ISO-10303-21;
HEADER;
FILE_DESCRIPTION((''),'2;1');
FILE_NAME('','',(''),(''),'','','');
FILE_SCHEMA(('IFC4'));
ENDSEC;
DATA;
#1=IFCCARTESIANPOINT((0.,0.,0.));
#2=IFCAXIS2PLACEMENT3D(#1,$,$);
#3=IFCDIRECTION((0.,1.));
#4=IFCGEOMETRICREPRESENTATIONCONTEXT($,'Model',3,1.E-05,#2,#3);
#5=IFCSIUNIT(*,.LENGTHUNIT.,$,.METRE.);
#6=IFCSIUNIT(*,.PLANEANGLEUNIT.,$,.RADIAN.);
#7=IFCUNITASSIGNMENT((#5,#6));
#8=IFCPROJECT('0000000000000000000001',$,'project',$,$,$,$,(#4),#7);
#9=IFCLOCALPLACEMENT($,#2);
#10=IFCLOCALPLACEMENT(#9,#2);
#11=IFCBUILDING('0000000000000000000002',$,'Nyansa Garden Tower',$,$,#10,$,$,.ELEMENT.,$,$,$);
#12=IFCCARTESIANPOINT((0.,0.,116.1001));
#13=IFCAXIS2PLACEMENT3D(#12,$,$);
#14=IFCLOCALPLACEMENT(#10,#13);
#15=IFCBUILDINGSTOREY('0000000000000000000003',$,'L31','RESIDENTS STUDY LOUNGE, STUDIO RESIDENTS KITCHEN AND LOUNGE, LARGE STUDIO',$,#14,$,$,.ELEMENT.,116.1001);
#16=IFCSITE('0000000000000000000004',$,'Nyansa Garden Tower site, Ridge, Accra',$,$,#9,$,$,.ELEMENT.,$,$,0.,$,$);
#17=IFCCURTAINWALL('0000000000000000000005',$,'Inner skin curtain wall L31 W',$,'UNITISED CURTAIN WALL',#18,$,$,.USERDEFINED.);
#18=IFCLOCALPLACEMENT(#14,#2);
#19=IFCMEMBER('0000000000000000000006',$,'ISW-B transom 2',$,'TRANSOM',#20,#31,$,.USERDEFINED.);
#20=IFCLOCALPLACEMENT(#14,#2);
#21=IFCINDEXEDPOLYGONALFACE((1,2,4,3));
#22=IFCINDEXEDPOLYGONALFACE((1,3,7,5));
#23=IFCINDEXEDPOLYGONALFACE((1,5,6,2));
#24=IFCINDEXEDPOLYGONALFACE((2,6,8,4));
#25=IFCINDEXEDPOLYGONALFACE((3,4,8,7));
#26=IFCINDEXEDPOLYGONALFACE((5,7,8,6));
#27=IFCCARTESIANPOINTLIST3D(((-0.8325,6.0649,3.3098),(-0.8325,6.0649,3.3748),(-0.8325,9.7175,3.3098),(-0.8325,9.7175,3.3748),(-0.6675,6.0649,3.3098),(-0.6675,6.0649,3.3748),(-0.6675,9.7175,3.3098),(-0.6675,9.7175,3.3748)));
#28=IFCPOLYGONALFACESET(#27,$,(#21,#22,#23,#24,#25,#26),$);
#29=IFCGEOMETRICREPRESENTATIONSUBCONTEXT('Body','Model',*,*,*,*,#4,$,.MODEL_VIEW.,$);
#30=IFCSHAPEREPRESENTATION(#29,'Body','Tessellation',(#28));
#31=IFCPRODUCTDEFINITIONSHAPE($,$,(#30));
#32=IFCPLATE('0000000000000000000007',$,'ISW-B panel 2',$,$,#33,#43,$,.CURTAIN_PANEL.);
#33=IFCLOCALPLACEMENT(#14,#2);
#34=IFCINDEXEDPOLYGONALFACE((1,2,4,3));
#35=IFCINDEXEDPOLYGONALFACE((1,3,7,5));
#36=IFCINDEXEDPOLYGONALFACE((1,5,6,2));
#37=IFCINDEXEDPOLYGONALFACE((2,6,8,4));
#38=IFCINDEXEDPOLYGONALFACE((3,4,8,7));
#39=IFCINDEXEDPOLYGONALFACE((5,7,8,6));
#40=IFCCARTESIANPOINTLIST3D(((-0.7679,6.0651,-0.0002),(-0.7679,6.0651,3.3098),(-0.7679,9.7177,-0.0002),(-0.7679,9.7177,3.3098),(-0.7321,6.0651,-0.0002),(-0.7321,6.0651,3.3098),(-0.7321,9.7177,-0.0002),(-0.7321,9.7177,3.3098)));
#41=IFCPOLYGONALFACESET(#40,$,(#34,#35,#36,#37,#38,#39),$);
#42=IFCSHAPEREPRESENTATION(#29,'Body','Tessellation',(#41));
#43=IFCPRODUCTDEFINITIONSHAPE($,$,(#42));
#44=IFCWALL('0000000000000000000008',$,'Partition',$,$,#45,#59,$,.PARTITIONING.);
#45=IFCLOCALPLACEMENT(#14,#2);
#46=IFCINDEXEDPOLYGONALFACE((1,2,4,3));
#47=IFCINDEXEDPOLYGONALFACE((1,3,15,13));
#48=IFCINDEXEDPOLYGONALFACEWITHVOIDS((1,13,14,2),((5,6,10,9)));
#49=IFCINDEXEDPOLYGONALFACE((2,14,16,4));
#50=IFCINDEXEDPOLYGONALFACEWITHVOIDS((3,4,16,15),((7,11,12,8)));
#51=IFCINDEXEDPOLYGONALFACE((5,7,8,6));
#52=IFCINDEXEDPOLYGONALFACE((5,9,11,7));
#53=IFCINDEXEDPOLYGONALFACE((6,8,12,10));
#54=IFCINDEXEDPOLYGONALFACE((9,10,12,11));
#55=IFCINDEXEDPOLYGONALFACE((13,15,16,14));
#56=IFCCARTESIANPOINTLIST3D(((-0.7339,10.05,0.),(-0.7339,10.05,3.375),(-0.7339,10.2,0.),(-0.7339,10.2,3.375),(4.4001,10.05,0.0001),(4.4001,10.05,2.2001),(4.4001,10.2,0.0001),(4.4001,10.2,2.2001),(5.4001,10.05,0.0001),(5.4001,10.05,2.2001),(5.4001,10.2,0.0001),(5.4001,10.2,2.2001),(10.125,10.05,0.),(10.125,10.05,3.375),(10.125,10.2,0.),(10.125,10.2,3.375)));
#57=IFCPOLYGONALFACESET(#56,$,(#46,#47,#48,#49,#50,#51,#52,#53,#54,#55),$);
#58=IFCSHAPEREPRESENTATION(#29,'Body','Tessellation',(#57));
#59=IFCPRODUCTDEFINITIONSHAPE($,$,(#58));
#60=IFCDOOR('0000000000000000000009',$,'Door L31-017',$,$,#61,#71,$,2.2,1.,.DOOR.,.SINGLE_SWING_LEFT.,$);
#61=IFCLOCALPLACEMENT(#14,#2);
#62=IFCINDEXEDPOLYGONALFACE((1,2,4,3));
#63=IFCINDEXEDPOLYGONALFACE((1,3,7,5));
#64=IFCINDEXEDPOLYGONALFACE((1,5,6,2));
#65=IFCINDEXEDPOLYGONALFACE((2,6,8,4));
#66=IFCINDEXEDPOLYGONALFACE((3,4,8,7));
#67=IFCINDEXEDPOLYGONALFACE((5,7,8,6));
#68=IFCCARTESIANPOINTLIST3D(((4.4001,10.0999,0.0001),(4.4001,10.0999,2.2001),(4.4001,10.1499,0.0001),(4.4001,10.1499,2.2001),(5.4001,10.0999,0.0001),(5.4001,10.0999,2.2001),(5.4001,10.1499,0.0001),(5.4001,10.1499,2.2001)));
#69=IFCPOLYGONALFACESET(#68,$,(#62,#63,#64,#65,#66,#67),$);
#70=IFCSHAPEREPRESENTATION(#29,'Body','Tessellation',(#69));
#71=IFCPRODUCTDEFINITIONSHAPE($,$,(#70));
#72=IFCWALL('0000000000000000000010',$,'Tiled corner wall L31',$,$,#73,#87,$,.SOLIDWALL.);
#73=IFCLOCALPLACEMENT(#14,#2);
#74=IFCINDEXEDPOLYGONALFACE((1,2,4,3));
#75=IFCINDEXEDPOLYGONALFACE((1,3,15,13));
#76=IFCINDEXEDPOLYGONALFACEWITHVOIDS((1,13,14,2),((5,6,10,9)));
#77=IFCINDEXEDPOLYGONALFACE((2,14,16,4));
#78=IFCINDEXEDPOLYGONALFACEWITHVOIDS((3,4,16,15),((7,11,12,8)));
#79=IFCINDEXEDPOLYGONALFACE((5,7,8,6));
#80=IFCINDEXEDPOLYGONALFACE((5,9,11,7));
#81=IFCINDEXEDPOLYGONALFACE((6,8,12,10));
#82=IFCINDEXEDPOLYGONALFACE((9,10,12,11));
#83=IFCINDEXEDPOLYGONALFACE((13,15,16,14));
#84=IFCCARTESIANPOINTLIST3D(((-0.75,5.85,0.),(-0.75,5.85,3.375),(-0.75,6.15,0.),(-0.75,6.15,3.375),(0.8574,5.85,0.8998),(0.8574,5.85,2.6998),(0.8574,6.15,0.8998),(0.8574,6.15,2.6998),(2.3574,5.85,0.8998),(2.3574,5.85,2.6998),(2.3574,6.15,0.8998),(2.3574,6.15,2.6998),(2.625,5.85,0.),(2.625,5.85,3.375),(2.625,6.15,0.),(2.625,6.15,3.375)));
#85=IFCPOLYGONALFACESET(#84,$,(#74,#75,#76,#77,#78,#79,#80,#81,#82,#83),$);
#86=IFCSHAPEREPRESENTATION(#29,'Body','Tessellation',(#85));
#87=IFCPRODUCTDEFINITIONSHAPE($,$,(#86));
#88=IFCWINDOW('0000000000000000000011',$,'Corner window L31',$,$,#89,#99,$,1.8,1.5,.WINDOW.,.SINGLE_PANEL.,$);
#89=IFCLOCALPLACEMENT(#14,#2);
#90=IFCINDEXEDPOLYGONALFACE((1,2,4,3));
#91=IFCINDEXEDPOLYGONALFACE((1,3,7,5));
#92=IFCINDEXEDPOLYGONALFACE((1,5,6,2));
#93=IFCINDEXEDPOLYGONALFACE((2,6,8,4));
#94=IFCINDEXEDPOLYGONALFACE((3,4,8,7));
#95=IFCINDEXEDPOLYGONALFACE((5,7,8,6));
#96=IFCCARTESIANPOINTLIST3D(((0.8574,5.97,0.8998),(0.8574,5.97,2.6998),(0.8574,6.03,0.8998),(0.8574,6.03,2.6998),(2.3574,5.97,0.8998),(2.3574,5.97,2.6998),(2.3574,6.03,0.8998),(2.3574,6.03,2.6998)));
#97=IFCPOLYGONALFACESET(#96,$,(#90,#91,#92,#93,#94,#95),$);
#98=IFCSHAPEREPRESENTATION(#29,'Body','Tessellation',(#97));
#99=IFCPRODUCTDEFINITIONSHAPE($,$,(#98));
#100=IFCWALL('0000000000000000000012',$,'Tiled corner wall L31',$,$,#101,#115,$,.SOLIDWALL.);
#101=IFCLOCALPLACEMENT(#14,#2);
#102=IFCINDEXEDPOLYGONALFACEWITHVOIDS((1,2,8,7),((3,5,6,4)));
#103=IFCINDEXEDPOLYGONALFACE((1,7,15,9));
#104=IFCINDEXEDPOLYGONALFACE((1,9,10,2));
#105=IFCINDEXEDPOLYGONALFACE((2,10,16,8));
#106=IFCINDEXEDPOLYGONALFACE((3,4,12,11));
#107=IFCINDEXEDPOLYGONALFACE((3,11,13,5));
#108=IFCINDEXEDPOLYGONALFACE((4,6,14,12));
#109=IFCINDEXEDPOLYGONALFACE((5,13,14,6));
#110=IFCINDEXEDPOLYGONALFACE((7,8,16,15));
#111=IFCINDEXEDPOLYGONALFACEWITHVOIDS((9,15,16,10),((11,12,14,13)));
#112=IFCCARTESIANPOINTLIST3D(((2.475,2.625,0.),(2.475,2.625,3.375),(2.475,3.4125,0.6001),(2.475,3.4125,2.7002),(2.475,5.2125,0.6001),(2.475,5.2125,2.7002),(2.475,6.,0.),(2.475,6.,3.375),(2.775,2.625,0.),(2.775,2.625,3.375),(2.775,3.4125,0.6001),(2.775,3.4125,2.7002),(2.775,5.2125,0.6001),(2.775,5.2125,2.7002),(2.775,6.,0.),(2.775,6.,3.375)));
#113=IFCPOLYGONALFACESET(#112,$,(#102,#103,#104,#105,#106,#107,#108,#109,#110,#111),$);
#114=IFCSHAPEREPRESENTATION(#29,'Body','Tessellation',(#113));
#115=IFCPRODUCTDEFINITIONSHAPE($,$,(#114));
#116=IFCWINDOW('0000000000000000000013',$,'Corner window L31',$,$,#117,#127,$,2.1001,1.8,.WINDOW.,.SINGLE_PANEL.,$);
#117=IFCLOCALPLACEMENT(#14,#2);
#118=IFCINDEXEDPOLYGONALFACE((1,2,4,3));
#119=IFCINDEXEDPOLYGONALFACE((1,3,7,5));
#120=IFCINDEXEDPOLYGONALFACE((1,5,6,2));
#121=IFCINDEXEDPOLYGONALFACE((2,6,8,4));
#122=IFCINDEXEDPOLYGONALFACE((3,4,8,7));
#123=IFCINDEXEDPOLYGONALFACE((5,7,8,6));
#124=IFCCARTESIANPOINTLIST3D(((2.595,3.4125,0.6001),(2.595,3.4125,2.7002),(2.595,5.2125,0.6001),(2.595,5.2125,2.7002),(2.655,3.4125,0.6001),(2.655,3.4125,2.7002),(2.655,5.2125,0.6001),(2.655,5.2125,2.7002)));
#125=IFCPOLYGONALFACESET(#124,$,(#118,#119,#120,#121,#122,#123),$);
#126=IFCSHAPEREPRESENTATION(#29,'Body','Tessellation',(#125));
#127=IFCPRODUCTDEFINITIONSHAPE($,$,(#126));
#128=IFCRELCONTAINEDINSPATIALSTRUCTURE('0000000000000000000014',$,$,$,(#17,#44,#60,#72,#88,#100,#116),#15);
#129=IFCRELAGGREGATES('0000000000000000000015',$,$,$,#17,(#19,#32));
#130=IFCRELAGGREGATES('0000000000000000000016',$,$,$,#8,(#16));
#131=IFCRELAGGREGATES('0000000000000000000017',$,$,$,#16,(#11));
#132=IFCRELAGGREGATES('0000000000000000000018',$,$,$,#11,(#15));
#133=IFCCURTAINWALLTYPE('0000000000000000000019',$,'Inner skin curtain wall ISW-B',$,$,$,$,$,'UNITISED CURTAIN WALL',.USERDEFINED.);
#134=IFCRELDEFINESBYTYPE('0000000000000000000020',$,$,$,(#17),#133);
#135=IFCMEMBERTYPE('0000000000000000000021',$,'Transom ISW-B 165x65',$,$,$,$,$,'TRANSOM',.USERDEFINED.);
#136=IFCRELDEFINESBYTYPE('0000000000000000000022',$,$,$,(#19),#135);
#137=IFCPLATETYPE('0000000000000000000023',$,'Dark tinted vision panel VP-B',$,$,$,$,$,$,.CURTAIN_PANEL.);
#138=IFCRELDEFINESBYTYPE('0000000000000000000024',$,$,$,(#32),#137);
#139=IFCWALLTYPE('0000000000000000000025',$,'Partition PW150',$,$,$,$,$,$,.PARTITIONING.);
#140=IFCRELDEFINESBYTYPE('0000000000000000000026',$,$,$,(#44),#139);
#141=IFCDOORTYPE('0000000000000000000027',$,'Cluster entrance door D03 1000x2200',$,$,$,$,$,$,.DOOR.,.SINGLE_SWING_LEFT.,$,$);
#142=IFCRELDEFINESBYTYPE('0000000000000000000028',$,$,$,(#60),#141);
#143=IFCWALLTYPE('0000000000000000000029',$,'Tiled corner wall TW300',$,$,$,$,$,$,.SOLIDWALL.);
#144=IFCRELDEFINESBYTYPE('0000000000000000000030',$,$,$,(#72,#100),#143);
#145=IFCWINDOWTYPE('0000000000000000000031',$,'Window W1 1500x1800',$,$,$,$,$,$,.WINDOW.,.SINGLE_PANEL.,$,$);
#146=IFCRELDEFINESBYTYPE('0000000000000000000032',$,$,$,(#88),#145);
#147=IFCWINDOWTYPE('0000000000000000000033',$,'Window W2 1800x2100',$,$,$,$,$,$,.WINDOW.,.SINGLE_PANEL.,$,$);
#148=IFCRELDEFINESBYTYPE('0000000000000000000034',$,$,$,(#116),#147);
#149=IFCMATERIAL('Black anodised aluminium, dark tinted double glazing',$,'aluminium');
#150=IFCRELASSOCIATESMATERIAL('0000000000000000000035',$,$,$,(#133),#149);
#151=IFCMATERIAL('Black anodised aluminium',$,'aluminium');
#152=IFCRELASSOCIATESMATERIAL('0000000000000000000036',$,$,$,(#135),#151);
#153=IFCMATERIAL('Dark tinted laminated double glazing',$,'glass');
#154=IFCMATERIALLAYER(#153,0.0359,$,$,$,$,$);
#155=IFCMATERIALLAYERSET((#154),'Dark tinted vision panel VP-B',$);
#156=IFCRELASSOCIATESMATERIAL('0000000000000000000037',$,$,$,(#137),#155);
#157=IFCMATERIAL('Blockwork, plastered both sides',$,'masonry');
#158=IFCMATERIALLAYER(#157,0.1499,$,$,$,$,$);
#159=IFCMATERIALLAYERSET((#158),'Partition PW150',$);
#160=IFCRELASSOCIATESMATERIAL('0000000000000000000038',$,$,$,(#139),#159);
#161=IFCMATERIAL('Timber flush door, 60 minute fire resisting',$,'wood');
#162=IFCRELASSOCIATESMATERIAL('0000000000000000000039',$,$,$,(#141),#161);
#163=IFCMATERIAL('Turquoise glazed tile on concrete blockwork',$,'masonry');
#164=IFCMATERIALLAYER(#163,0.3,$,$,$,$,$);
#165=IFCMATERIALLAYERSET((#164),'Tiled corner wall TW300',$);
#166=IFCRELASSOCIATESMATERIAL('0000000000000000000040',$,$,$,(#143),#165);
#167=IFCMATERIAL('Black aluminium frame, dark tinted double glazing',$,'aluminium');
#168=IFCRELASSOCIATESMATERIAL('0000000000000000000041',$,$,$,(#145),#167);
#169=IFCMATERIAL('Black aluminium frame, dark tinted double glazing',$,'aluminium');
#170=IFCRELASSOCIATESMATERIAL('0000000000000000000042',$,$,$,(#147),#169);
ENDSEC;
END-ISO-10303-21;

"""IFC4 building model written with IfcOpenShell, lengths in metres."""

from ifc_helpers import new_model, si_unit, direction, frame, frame_2d, origin, origin_2d, place, context, subcontext, project, spatial, rectangle, extrude, material, layer, layer_set, material_profile, profile_set, type_object, element, fill, aggregate, save


model = new_model("IFC4")

# Units and contexts
model_context = context("Model", 3, precision=1e-05, world=origin(), true_north=direction((0.0, 1.0)))
body_context = subcontext(model_context, "Body", "Model", "MODEL_VIEW")
ifc_project = project(units=[si_unit("LENGTHUNIT", "METRE"), si_unit("PLANEANGLEUNIT", "RADIAN")], contexts=[model_context])

# Site, building, storey
site_placement = place(None, origin())
site = spatial("IfcSite", under=ifc_project, at=site_placement, Name="Nyansa Garden Tower site, Ridge, Accra", CompositionType="ELEMENT", RefElevation=0.0)
building_placement = place(site_placement, origin())
building = spatial("IfcBuilding", under=site, at=building_placement, Name="Nyansa Garden Tower", CompositionType="ELEMENT")
storey_placement = place(building_placement, frame((0.0, 0.0, 116.1001)))
storey = spatial("IfcBuildingStorey", under=building, at=storey_placement, Name="L31", Description="RESIDENTS STUDY LOUNGE, STUDIO RESIDENTS KITCHEN AND LOUNGE, LARGE STUDIO", CompositionType="ELEMENT", Elevation=116.1001)

# Curtain wall
ifc_material_1 = material(Name="Black anodised aluminium, dark tinted double glazing", Category="aluminium")
curtain_wall_type = type_object("IfcCurtainWallType", Name="Inner skin curtain wall ISW-B", ElementType="UNITISED CURTAIN WALL", PredefinedType="USERDEFINED", material=ifc_material_1)
curtain_wall_placement = place(storey_placement, origin())
curtain_wall = element("IfcCurtainWall", 1, at=curtain_wall_placement, inside=storey, type_object=curtain_wall_type, Name="Inner skin curtain wall L31 W", ObjectType="UNITISED CURTAIN WALL", PredefinedType="USERDEFINED")

# Member
ifc_material_2 = material(Name="Black anodised aluminium", Category="aluminium")
ifc_material_profile_1 = material_profile(ifc_material_2, rectangle(XDim=0.165, YDim=0.0649, at=origin_2d()), Name="Transom 165x65")
ifc_profile_set_1 = profile_set([ifc_material_profile_1], Name="Black anodised aluminium")
member_type_1 = type_object("IfcMemberType", Name="Transom ISW-B 165x65", ElementType="TRANSOM", PredefinedType="USERDEFINED", material=ifc_profile_set_1)
member_1_placement = place(storey_placement, frame((-0.75, 9.7175, 3.3423), z_axis=(0.0, -1.0, 0.0), x_axis=(1.0, 0.0, 0.0)))
member_1 = element("IfcMember", 2, at=member_1_placement, type_object=member_type_1, Name="ISW-B transom 2", ObjectType="TRANSOM", PredefinedType="USERDEFINED", context=body_context, shape_type="SweptSolid", body=[
    extrude(rectangle(XDim=0.165, YDim=0.0649, at=origin_2d()), origin(), (0.0, 0.0, 1.0), 3.6526),
])

# Plate
ifc_material_3 = material(Name="Dark tinted laminated double glazing", Category="glass")
ifc_layer_1 = layer(ifc_material_3, 0.0359)
ifc_layer_set_1 = layer_set([ifc_layer_1], Name="Dark tinted vision panel VP-B")
plate_type = type_object("IfcPlateType", Name="Dark tinted vision panel VP-B", PredefinedType="CURTAIN_PANEL", material=ifc_layer_set_1)
plate_placement = place(storey_placement, frame((-0.75, 7.8914, -0.0002), z_axis=(0.0, 0.0, 1.0), x_axis=(0.0, -1.0, 0.0)))
plate = element("IfcPlate", 3, at=plate_placement, type_object=plate_type, Name="ISW-B panel 2", PredefinedType="CURTAIN_PANEL", context=body_context, shape_type="SweptSolid", body=[
    extrude(rectangle(XDim=3.6526, YDim=0.0359, at=origin_2d()), origin(), (0.0, 0.0, 1.0), 3.3101),
])
aggregate(curtain_wall, [member_1, plate])

# Wall, opening, door
ifc_material_4 = material(Name="Blockwork, plastered both sides", Category="masonry")
ifc_layer_2 = layer(ifc_material_4, 0.1499)
ifc_layer_set_2 = layer_set([ifc_layer_2], Name="Partition PW150")
wall_type_1 = type_object("IfcWallType", Name="Partition PW150", PredefinedType="PARTITIONING", material=ifc_layer_set_2)
wall_1_placement = place(storey_placement, frame((-0.7339, 10.125, 0.0), z_axis=(0.0, 0.0, 1.0), x_axis=(1.0, 0.0, 0.0)))
wall_1 = element("IfcWall", 4, at=wall_1_placement, inside=storey, type_object=wall_type_1, Name="Partition", PredefinedType="PARTITIONING", context=body_context, shape_type="SweptSolid", body=[
    extrude(rectangle(XDim=10.8589, YDim=0.1499, at=frame_2d((5.4294, 0.0))), origin(), (0.0, 0.0, 1.0), 3.375),
])
opening_1_placement = place(wall_1_placement, frame((5.134, 0.0, 0.0)))
opening_1 = element("IfcOpeningElement", 5, at=opening_1_placement, cuts=wall_1, PredefinedType="OPENING", context=body_context, shape_type="SweptSolid", body=[
    extrude(rectangle(XDim=1.0, YDim=2.2, at=frame_2d((0.5, 1.1001))), frame((0.0, 0.085, 0.0), z_axis=(0.0, -1.0, 0.0), x_axis=(1.0, 0.0, 0.0)), (0.0, 0.0, 1.0), 0.1699),
])
ifc_material_5 = material(Name="Timber flush door, 60 minute fire resisting", Category="wood")
door_type = type_object("IfcDoorType", Name="Cluster entrance door D03 1000x2200", OperationType="SINGLE_SWING_LEFT", PredefinedType="DOOR", material=ifc_material_5)
door_placement = place(opening_1_placement, origin())
door = element("IfcDoor", 6, at=door_placement, inside=storey, type_object=door_type, Name="Door L31-017", OperationType="SINGLE_SWING_LEFT", OverallHeight=2.2, OverallWidth=1.0, PredefinedType="DOOR", context=body_context, shape_type="SweptSolid", body=[
    extrude(rectangle(XDim=1.0, YDim=2.2, at=frame_2d((0.5, 1.1001))), frame((0.0, 0.0249, 0.0), z_axis=(0.0, -1.0, 0.0), x_axis=(1.0, 0.0, 0.0)), (0.0, 0.0, 1.0), 0.05),
])
fill(opening_1, door)

# Walls, openings, windows
ifc_material_6 = material(Name="Turquoise glazed tile on concrete blockwork", Category="masonry")
ifc_layer_3 = layer(ifc_material_6, 0.3)
ifc_layer_set_3 = layer_set([ifc_layer_3], Name="Tiled corner wall TW300")
wall_type_2 = type_object("IfcWallType", Name="Tiled corner wall TW300", PredefinedType="SOLIDWALL", material=ifc_layer_set_3)
wall_2_placement = place(storey_placement, frame((-0.75, 6.0, 0.0), z_axis=(0.0, 0.0, 1.0), x_axis=(1.0, 0.0, 0.0)))
wall_2 = element("IfcWall", 7, at=wall_2_placement, inside=storey, type_object=wall_type_2, Name="Tiled corner wall L31", PredefinedType="SOLIDWALL", context=body_context, shape_type="SweptSolid", body=[
    extrude(rectangle(XDim=3.375, YDim=0.3, at=frame_2d((1.6875, 0.0))), origin(), (0.0, 0.0, 1.0), 3.375),
])
opening_2_placement = place(wall_2_placement, frame((1.6074, 0.0, 0.8999)))
opening_2 = element("IfcOpeningElement", 8, at=opening_2_placement, cuts=wall_2, PredefinedType="OPENING", context=body_context, shape_type="SweptSolid", body=[
    extrude(rectangle(XDim=1.5, YDim=1.8, at=frame_2d((0.75, 0.8999))), frame((0.0, 0.1599, 0.0), z_axis=(0.0, -1.0, 0.0), x_axis=(1.0, 0.0, 0.0)), (0.0, 0.0, 1.0), 0.3201),
])
ifc_material_7 = material(Name="Black aluminium frame, dark tinted double glazing", Category="aluminium")
window_type_1 = type_object("IfcWindowType", Name="Window W1 1500x1800", PartitioningType="SINGLE_PANEL", PredefinedType="WINDOW", material=ifc_material_7)
window_1_placement = place(opening_2_placement, origin())
window_1 = element("IfcWindow", 9, at=window_1_placement, inside=storey, type_object=window_type_1, Name="Corner window L31", OverallHeight=1.8, OverallWidth=1.5, PartitioningType="SINGLE_PANEL", PredefinedType="WINDOW", context=body_context, shape_type="SweptSolid", body=[
    extrude(rectangle(XDim=1.5, YDim=1.8, at=frame_2d((0.75, 0.8999))), frame((0.0, 0.03, 0.0), z_axis=(0.0, -1.0, 0.0), x_axis=(1.0, 0.0, 0.0)), (0.0, 0.0, 1.0), 0.0601),
])
fill(opening_2, window_1)
wall_3_placement = place(storey_placement, frame((2.625, 6.0, 0.0), z_axis=(0.0, 0.0, 1.0), x_axis=(0.0, -1.0, 0.0)))
wall_3 = element("IfcWall", 10, at=wall_3_placement, inside=storey, type_object=wall_type_2, Name="Tiled corner wall L31", PredefinedType="SOLIDWALL", context=body_context, shape_type="SweptSolid", body=[
    extrude(rectangle(XDim=3.375, YDim=0.3, at=frame_2d((1.6875, 0.0))), origin(), (0.0, 0.0, 1.0), 3.375),
])
opening_3_placement = place(wall_3_placement, frame((0.7876, 0.0, 0.6001)))
opening_3 = element("IfcOpeningElement", 11, at=opening_3_placement, cuts=wall_3, PredefinedType="OPENING", context=body_context, shape_type="SweptSolid", body=[
    extrude(rectangle(XDim=1.8, YDim=2.1001, at=frame_2d((0.8999, 1.05))), frame((0.0, 0.1599, 0.0), z_axis=(0.0, -1.0, 0.0), x_axis=(1.0, 0.0, 0.0)), (0.0, 0.0, 1.0), 0.3201),
])
ifc_material_8 = material(Name="Black aluminium frame, dark tinted double glazing", Category="aluminium")
window_type_2 = type_object("IfcWindowType", Name="Window W2 1800x2100", PartitioningType="SINGLE_PANEL", PredefinedType="WINDOW", material=ifc_material_8)
window_2_placement = place(opening_3_placement, origin())
window_2 = element("IfcWindow", 12, at=window_2_placement, inside=storey, type_object=window_type_2, Name="Corner window L31", OverallHeight=2.1001, OverallWidth=1.8, PartitioningType="SINGLE_PANEL", PredefinedType="WINDOW", context=body_context, shape_type="SweptSolid", body=[
    extrude(rectangle(XDim=1.8, YDim=2.1001, at=frame_2d((0.8999, 1.05))), frame((0.0, 0.03, 0.0), z_axis=(0.0, -1.0, 0.0), x_axis=(1.0, 0.0, 0.0)), (0.0, 0.0, 1.0), 0.0601),
])
fill(opening_3, window_2)

save(model, "model.ifc")
